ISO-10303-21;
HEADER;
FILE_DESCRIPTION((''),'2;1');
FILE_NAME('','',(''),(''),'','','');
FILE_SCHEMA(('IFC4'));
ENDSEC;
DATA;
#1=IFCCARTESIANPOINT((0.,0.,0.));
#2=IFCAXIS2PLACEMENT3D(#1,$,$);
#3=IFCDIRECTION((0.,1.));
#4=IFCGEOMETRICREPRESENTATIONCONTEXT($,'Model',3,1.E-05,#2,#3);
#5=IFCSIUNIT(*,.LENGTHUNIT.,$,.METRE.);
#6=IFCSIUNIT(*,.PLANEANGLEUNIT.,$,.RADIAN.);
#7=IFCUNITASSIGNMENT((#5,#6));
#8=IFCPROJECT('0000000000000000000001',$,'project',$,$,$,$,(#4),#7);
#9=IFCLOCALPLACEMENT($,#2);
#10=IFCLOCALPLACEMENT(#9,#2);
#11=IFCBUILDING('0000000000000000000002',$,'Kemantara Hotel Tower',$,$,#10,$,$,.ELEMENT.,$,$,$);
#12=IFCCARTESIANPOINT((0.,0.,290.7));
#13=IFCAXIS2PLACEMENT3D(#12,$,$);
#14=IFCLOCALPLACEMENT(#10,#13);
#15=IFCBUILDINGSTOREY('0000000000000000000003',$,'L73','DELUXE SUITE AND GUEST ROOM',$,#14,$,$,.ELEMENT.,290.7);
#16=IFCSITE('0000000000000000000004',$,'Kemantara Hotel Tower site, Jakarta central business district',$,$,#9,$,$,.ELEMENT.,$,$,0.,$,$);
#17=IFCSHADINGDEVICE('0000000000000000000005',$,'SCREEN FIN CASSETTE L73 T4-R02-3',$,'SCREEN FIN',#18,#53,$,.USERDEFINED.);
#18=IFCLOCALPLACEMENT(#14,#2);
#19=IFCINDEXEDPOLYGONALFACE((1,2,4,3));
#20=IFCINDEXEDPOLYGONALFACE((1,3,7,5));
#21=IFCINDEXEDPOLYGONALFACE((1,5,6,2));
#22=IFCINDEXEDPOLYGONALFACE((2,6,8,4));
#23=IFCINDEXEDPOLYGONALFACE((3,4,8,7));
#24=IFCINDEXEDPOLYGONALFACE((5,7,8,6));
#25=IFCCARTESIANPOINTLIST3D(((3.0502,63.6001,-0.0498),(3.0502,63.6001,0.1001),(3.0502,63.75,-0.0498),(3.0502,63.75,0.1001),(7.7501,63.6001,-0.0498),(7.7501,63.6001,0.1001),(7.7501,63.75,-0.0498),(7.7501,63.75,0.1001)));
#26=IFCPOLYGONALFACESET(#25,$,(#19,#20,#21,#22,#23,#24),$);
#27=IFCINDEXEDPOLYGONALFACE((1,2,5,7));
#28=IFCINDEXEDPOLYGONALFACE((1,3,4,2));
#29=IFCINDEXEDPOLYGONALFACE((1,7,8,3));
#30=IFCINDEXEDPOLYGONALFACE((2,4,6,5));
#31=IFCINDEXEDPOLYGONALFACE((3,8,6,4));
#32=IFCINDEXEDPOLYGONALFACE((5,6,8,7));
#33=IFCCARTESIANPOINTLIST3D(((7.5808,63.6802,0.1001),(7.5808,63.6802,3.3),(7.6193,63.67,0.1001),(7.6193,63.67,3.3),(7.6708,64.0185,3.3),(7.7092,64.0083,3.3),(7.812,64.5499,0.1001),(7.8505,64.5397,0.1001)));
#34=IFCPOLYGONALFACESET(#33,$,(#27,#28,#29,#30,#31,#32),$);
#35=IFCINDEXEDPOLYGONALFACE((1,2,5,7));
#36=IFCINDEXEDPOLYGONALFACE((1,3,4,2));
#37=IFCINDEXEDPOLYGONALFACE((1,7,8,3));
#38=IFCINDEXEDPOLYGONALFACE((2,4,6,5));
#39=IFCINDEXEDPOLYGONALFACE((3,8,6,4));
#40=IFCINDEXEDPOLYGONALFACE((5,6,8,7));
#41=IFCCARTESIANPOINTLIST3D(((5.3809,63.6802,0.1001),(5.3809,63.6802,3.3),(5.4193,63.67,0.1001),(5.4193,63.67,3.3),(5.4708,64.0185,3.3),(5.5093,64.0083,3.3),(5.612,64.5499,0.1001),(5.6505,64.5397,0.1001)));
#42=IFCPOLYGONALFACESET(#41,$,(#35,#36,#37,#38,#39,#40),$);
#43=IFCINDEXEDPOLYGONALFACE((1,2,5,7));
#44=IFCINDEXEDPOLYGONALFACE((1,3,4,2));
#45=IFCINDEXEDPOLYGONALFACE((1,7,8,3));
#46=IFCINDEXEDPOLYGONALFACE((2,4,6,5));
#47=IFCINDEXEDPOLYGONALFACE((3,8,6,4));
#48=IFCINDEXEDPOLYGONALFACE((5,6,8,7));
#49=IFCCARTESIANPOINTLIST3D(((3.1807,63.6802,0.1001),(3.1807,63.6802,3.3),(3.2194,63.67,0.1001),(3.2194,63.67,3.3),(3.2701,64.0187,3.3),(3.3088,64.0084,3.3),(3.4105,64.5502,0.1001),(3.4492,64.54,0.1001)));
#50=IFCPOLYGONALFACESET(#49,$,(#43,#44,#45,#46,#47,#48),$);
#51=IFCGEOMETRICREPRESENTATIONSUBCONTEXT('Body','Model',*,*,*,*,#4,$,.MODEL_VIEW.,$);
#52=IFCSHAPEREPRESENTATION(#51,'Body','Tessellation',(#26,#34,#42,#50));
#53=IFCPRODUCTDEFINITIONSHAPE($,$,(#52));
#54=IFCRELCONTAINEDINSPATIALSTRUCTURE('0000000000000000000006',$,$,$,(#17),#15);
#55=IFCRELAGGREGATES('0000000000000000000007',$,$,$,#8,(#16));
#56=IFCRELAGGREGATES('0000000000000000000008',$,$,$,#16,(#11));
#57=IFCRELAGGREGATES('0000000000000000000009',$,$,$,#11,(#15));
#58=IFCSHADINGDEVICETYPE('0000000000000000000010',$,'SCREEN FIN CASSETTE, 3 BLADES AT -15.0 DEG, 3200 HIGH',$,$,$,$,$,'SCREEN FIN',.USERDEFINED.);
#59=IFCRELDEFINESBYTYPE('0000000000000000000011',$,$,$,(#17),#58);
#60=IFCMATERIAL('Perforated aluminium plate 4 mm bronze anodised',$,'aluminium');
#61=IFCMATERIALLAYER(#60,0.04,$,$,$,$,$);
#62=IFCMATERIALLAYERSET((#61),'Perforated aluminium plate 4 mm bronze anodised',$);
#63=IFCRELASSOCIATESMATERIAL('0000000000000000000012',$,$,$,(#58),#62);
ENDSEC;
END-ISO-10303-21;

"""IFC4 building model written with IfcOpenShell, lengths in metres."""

from ifc_helpers import new_model, si_unit, direction, frame, origin, origin_2d, place, context, subcontext, project, spatial, polyline, rectangle, outline, extrude, source, transform, mapped, material, layer, layer_set, type_object, element, save


model = new_model("IFC4")

# Units and contexts
model_context = context("Model", 3, precision=1e-05, world=origin(), true_north=direction((0.0, 1.0)))
body_context = subcontext(model_context, "Body", "Model", "MODEL_VIEW")
ifc_project = project(units=[si_unit("LENGTHUNIT", "METRE"), si_unit("PLANEANGLEUNIT", "RADIAN")], contexts=[model_context])

# Site, building, storey
site_placement = place(None, origin())
site = spatial("IfcSite", under=ifc_project, at=site_placement, Name="Kemantara Hotel Tower site, Jakarta central business district", CompositionType="ELEMENT", RefElevation=0.0)
building_placement = place(site_placement, origin())
building = spatial("IfcBuilding", under=site, at=building_placement, Name="Kemantara Hotel Tower", CompositionType="ELEMENT")
storey_placement = place(building_placement, frame((0.0, 0.0, 290.7)))
storey = spatial("IfcBuildingStorey", under=building, at=storey_placement, Name="L73", Description="DELUXE SUITE AND GUEST ROOM", CompositionType="ELEMENT", Elevation=290.7)

# Shading device
ifc_material_1 = material(Name="Perforated aluminium plate 4 mm bronze anodised", Category="aluminium")
ifc_layer_1 = layer(ifc_material_1, 0.04)
ifc_layer_set_1 = layer_set([ifc_layer_1], Name="Perforated aluminium plate 4 mm bronze anodised")
shading_device_type = type_object("IfcShadingDeviceType", Name="SCREEN FIN CASSETTE, 3 BLADES AT -15.0 DEG, 3200 HIGH", ElementType="SCREEN FIN", PredefinedType="USERDEFINED", material=ifc_layer_set_1)
shared_shape_1 = source(origin(), body_context, "Body", "SweptSolid", [
    extrude(rectangle(XDim=4.7, YDim=0.1499, at=origin_2d()), frame((2.2, -0.075, -0.1499), z_axis=(0.0, 0.0, 1.0), x_axis=(1.0, 0.0, 0.0)), (0.0, 0.0, 1.0), 0.1499),
    extrude(outline(polyline([(0.0, 0.0), (0.8999, 0.0), (0.3501, 3.2), (0.0, 3.2), (0.0, 0.0)])), frame((0.0193, -0.0801, 0.0), z_axis=(-0.966438, 0.256901, 0.0), x_axis=(-0.256901, -0.966438, 0.0)), (0.0, 0.0, 1.0), 0.0398),
    extrude(outline(polyline([(0.0, 0.0), (0.8999, 0.0), (0.3501, 3.2), (0.0, 3.2), (0.0, 0.0)])), frame((2.2192, -0.0801, 0.0), z_axis=(-0.966438, 0.256901, 0.0), x_axis=(-0.256901, -0.966438, 0.0)), (0.0, 0.0, 1.0), 0.0398),
    extrude(outline(polyline([(0.0, 0.0), (0.8999, 0.0), (0.3501, 3.2), (0.0, 3.2), (0.0, 0.0)])), frame((4.4194, -0.0801, 0.0), z_axis=(-0.966838, 0.255391, 0.0), x_axis=(-0.255391, -0.966838, 0.0)), (0.0, 0.0, 1.0), 0.04),
])
shading_device_placement = place(storey_placement, frame((7.6001, 63.6001, 0.1001), z_axis=(0.0, 0.0, 1.0), x_axis=(-1.0, 0.0, 0.0)))
element("IfcShadingDevice", 1, at=shading_device_placement, inside=storey, type_object=shading_device_type, Name="SCREEN FIN CASSETTE L73 T4-R02-3", ObjectType="SCREEN FIN", PredefinedType="USERDEFINED", context=body_context, shape_type="MappedRepresentation", body=[
    mapped(shared_shape_1, transform((0.0, 0.0, 0.0))),
])

save(model, "model.ifc")
